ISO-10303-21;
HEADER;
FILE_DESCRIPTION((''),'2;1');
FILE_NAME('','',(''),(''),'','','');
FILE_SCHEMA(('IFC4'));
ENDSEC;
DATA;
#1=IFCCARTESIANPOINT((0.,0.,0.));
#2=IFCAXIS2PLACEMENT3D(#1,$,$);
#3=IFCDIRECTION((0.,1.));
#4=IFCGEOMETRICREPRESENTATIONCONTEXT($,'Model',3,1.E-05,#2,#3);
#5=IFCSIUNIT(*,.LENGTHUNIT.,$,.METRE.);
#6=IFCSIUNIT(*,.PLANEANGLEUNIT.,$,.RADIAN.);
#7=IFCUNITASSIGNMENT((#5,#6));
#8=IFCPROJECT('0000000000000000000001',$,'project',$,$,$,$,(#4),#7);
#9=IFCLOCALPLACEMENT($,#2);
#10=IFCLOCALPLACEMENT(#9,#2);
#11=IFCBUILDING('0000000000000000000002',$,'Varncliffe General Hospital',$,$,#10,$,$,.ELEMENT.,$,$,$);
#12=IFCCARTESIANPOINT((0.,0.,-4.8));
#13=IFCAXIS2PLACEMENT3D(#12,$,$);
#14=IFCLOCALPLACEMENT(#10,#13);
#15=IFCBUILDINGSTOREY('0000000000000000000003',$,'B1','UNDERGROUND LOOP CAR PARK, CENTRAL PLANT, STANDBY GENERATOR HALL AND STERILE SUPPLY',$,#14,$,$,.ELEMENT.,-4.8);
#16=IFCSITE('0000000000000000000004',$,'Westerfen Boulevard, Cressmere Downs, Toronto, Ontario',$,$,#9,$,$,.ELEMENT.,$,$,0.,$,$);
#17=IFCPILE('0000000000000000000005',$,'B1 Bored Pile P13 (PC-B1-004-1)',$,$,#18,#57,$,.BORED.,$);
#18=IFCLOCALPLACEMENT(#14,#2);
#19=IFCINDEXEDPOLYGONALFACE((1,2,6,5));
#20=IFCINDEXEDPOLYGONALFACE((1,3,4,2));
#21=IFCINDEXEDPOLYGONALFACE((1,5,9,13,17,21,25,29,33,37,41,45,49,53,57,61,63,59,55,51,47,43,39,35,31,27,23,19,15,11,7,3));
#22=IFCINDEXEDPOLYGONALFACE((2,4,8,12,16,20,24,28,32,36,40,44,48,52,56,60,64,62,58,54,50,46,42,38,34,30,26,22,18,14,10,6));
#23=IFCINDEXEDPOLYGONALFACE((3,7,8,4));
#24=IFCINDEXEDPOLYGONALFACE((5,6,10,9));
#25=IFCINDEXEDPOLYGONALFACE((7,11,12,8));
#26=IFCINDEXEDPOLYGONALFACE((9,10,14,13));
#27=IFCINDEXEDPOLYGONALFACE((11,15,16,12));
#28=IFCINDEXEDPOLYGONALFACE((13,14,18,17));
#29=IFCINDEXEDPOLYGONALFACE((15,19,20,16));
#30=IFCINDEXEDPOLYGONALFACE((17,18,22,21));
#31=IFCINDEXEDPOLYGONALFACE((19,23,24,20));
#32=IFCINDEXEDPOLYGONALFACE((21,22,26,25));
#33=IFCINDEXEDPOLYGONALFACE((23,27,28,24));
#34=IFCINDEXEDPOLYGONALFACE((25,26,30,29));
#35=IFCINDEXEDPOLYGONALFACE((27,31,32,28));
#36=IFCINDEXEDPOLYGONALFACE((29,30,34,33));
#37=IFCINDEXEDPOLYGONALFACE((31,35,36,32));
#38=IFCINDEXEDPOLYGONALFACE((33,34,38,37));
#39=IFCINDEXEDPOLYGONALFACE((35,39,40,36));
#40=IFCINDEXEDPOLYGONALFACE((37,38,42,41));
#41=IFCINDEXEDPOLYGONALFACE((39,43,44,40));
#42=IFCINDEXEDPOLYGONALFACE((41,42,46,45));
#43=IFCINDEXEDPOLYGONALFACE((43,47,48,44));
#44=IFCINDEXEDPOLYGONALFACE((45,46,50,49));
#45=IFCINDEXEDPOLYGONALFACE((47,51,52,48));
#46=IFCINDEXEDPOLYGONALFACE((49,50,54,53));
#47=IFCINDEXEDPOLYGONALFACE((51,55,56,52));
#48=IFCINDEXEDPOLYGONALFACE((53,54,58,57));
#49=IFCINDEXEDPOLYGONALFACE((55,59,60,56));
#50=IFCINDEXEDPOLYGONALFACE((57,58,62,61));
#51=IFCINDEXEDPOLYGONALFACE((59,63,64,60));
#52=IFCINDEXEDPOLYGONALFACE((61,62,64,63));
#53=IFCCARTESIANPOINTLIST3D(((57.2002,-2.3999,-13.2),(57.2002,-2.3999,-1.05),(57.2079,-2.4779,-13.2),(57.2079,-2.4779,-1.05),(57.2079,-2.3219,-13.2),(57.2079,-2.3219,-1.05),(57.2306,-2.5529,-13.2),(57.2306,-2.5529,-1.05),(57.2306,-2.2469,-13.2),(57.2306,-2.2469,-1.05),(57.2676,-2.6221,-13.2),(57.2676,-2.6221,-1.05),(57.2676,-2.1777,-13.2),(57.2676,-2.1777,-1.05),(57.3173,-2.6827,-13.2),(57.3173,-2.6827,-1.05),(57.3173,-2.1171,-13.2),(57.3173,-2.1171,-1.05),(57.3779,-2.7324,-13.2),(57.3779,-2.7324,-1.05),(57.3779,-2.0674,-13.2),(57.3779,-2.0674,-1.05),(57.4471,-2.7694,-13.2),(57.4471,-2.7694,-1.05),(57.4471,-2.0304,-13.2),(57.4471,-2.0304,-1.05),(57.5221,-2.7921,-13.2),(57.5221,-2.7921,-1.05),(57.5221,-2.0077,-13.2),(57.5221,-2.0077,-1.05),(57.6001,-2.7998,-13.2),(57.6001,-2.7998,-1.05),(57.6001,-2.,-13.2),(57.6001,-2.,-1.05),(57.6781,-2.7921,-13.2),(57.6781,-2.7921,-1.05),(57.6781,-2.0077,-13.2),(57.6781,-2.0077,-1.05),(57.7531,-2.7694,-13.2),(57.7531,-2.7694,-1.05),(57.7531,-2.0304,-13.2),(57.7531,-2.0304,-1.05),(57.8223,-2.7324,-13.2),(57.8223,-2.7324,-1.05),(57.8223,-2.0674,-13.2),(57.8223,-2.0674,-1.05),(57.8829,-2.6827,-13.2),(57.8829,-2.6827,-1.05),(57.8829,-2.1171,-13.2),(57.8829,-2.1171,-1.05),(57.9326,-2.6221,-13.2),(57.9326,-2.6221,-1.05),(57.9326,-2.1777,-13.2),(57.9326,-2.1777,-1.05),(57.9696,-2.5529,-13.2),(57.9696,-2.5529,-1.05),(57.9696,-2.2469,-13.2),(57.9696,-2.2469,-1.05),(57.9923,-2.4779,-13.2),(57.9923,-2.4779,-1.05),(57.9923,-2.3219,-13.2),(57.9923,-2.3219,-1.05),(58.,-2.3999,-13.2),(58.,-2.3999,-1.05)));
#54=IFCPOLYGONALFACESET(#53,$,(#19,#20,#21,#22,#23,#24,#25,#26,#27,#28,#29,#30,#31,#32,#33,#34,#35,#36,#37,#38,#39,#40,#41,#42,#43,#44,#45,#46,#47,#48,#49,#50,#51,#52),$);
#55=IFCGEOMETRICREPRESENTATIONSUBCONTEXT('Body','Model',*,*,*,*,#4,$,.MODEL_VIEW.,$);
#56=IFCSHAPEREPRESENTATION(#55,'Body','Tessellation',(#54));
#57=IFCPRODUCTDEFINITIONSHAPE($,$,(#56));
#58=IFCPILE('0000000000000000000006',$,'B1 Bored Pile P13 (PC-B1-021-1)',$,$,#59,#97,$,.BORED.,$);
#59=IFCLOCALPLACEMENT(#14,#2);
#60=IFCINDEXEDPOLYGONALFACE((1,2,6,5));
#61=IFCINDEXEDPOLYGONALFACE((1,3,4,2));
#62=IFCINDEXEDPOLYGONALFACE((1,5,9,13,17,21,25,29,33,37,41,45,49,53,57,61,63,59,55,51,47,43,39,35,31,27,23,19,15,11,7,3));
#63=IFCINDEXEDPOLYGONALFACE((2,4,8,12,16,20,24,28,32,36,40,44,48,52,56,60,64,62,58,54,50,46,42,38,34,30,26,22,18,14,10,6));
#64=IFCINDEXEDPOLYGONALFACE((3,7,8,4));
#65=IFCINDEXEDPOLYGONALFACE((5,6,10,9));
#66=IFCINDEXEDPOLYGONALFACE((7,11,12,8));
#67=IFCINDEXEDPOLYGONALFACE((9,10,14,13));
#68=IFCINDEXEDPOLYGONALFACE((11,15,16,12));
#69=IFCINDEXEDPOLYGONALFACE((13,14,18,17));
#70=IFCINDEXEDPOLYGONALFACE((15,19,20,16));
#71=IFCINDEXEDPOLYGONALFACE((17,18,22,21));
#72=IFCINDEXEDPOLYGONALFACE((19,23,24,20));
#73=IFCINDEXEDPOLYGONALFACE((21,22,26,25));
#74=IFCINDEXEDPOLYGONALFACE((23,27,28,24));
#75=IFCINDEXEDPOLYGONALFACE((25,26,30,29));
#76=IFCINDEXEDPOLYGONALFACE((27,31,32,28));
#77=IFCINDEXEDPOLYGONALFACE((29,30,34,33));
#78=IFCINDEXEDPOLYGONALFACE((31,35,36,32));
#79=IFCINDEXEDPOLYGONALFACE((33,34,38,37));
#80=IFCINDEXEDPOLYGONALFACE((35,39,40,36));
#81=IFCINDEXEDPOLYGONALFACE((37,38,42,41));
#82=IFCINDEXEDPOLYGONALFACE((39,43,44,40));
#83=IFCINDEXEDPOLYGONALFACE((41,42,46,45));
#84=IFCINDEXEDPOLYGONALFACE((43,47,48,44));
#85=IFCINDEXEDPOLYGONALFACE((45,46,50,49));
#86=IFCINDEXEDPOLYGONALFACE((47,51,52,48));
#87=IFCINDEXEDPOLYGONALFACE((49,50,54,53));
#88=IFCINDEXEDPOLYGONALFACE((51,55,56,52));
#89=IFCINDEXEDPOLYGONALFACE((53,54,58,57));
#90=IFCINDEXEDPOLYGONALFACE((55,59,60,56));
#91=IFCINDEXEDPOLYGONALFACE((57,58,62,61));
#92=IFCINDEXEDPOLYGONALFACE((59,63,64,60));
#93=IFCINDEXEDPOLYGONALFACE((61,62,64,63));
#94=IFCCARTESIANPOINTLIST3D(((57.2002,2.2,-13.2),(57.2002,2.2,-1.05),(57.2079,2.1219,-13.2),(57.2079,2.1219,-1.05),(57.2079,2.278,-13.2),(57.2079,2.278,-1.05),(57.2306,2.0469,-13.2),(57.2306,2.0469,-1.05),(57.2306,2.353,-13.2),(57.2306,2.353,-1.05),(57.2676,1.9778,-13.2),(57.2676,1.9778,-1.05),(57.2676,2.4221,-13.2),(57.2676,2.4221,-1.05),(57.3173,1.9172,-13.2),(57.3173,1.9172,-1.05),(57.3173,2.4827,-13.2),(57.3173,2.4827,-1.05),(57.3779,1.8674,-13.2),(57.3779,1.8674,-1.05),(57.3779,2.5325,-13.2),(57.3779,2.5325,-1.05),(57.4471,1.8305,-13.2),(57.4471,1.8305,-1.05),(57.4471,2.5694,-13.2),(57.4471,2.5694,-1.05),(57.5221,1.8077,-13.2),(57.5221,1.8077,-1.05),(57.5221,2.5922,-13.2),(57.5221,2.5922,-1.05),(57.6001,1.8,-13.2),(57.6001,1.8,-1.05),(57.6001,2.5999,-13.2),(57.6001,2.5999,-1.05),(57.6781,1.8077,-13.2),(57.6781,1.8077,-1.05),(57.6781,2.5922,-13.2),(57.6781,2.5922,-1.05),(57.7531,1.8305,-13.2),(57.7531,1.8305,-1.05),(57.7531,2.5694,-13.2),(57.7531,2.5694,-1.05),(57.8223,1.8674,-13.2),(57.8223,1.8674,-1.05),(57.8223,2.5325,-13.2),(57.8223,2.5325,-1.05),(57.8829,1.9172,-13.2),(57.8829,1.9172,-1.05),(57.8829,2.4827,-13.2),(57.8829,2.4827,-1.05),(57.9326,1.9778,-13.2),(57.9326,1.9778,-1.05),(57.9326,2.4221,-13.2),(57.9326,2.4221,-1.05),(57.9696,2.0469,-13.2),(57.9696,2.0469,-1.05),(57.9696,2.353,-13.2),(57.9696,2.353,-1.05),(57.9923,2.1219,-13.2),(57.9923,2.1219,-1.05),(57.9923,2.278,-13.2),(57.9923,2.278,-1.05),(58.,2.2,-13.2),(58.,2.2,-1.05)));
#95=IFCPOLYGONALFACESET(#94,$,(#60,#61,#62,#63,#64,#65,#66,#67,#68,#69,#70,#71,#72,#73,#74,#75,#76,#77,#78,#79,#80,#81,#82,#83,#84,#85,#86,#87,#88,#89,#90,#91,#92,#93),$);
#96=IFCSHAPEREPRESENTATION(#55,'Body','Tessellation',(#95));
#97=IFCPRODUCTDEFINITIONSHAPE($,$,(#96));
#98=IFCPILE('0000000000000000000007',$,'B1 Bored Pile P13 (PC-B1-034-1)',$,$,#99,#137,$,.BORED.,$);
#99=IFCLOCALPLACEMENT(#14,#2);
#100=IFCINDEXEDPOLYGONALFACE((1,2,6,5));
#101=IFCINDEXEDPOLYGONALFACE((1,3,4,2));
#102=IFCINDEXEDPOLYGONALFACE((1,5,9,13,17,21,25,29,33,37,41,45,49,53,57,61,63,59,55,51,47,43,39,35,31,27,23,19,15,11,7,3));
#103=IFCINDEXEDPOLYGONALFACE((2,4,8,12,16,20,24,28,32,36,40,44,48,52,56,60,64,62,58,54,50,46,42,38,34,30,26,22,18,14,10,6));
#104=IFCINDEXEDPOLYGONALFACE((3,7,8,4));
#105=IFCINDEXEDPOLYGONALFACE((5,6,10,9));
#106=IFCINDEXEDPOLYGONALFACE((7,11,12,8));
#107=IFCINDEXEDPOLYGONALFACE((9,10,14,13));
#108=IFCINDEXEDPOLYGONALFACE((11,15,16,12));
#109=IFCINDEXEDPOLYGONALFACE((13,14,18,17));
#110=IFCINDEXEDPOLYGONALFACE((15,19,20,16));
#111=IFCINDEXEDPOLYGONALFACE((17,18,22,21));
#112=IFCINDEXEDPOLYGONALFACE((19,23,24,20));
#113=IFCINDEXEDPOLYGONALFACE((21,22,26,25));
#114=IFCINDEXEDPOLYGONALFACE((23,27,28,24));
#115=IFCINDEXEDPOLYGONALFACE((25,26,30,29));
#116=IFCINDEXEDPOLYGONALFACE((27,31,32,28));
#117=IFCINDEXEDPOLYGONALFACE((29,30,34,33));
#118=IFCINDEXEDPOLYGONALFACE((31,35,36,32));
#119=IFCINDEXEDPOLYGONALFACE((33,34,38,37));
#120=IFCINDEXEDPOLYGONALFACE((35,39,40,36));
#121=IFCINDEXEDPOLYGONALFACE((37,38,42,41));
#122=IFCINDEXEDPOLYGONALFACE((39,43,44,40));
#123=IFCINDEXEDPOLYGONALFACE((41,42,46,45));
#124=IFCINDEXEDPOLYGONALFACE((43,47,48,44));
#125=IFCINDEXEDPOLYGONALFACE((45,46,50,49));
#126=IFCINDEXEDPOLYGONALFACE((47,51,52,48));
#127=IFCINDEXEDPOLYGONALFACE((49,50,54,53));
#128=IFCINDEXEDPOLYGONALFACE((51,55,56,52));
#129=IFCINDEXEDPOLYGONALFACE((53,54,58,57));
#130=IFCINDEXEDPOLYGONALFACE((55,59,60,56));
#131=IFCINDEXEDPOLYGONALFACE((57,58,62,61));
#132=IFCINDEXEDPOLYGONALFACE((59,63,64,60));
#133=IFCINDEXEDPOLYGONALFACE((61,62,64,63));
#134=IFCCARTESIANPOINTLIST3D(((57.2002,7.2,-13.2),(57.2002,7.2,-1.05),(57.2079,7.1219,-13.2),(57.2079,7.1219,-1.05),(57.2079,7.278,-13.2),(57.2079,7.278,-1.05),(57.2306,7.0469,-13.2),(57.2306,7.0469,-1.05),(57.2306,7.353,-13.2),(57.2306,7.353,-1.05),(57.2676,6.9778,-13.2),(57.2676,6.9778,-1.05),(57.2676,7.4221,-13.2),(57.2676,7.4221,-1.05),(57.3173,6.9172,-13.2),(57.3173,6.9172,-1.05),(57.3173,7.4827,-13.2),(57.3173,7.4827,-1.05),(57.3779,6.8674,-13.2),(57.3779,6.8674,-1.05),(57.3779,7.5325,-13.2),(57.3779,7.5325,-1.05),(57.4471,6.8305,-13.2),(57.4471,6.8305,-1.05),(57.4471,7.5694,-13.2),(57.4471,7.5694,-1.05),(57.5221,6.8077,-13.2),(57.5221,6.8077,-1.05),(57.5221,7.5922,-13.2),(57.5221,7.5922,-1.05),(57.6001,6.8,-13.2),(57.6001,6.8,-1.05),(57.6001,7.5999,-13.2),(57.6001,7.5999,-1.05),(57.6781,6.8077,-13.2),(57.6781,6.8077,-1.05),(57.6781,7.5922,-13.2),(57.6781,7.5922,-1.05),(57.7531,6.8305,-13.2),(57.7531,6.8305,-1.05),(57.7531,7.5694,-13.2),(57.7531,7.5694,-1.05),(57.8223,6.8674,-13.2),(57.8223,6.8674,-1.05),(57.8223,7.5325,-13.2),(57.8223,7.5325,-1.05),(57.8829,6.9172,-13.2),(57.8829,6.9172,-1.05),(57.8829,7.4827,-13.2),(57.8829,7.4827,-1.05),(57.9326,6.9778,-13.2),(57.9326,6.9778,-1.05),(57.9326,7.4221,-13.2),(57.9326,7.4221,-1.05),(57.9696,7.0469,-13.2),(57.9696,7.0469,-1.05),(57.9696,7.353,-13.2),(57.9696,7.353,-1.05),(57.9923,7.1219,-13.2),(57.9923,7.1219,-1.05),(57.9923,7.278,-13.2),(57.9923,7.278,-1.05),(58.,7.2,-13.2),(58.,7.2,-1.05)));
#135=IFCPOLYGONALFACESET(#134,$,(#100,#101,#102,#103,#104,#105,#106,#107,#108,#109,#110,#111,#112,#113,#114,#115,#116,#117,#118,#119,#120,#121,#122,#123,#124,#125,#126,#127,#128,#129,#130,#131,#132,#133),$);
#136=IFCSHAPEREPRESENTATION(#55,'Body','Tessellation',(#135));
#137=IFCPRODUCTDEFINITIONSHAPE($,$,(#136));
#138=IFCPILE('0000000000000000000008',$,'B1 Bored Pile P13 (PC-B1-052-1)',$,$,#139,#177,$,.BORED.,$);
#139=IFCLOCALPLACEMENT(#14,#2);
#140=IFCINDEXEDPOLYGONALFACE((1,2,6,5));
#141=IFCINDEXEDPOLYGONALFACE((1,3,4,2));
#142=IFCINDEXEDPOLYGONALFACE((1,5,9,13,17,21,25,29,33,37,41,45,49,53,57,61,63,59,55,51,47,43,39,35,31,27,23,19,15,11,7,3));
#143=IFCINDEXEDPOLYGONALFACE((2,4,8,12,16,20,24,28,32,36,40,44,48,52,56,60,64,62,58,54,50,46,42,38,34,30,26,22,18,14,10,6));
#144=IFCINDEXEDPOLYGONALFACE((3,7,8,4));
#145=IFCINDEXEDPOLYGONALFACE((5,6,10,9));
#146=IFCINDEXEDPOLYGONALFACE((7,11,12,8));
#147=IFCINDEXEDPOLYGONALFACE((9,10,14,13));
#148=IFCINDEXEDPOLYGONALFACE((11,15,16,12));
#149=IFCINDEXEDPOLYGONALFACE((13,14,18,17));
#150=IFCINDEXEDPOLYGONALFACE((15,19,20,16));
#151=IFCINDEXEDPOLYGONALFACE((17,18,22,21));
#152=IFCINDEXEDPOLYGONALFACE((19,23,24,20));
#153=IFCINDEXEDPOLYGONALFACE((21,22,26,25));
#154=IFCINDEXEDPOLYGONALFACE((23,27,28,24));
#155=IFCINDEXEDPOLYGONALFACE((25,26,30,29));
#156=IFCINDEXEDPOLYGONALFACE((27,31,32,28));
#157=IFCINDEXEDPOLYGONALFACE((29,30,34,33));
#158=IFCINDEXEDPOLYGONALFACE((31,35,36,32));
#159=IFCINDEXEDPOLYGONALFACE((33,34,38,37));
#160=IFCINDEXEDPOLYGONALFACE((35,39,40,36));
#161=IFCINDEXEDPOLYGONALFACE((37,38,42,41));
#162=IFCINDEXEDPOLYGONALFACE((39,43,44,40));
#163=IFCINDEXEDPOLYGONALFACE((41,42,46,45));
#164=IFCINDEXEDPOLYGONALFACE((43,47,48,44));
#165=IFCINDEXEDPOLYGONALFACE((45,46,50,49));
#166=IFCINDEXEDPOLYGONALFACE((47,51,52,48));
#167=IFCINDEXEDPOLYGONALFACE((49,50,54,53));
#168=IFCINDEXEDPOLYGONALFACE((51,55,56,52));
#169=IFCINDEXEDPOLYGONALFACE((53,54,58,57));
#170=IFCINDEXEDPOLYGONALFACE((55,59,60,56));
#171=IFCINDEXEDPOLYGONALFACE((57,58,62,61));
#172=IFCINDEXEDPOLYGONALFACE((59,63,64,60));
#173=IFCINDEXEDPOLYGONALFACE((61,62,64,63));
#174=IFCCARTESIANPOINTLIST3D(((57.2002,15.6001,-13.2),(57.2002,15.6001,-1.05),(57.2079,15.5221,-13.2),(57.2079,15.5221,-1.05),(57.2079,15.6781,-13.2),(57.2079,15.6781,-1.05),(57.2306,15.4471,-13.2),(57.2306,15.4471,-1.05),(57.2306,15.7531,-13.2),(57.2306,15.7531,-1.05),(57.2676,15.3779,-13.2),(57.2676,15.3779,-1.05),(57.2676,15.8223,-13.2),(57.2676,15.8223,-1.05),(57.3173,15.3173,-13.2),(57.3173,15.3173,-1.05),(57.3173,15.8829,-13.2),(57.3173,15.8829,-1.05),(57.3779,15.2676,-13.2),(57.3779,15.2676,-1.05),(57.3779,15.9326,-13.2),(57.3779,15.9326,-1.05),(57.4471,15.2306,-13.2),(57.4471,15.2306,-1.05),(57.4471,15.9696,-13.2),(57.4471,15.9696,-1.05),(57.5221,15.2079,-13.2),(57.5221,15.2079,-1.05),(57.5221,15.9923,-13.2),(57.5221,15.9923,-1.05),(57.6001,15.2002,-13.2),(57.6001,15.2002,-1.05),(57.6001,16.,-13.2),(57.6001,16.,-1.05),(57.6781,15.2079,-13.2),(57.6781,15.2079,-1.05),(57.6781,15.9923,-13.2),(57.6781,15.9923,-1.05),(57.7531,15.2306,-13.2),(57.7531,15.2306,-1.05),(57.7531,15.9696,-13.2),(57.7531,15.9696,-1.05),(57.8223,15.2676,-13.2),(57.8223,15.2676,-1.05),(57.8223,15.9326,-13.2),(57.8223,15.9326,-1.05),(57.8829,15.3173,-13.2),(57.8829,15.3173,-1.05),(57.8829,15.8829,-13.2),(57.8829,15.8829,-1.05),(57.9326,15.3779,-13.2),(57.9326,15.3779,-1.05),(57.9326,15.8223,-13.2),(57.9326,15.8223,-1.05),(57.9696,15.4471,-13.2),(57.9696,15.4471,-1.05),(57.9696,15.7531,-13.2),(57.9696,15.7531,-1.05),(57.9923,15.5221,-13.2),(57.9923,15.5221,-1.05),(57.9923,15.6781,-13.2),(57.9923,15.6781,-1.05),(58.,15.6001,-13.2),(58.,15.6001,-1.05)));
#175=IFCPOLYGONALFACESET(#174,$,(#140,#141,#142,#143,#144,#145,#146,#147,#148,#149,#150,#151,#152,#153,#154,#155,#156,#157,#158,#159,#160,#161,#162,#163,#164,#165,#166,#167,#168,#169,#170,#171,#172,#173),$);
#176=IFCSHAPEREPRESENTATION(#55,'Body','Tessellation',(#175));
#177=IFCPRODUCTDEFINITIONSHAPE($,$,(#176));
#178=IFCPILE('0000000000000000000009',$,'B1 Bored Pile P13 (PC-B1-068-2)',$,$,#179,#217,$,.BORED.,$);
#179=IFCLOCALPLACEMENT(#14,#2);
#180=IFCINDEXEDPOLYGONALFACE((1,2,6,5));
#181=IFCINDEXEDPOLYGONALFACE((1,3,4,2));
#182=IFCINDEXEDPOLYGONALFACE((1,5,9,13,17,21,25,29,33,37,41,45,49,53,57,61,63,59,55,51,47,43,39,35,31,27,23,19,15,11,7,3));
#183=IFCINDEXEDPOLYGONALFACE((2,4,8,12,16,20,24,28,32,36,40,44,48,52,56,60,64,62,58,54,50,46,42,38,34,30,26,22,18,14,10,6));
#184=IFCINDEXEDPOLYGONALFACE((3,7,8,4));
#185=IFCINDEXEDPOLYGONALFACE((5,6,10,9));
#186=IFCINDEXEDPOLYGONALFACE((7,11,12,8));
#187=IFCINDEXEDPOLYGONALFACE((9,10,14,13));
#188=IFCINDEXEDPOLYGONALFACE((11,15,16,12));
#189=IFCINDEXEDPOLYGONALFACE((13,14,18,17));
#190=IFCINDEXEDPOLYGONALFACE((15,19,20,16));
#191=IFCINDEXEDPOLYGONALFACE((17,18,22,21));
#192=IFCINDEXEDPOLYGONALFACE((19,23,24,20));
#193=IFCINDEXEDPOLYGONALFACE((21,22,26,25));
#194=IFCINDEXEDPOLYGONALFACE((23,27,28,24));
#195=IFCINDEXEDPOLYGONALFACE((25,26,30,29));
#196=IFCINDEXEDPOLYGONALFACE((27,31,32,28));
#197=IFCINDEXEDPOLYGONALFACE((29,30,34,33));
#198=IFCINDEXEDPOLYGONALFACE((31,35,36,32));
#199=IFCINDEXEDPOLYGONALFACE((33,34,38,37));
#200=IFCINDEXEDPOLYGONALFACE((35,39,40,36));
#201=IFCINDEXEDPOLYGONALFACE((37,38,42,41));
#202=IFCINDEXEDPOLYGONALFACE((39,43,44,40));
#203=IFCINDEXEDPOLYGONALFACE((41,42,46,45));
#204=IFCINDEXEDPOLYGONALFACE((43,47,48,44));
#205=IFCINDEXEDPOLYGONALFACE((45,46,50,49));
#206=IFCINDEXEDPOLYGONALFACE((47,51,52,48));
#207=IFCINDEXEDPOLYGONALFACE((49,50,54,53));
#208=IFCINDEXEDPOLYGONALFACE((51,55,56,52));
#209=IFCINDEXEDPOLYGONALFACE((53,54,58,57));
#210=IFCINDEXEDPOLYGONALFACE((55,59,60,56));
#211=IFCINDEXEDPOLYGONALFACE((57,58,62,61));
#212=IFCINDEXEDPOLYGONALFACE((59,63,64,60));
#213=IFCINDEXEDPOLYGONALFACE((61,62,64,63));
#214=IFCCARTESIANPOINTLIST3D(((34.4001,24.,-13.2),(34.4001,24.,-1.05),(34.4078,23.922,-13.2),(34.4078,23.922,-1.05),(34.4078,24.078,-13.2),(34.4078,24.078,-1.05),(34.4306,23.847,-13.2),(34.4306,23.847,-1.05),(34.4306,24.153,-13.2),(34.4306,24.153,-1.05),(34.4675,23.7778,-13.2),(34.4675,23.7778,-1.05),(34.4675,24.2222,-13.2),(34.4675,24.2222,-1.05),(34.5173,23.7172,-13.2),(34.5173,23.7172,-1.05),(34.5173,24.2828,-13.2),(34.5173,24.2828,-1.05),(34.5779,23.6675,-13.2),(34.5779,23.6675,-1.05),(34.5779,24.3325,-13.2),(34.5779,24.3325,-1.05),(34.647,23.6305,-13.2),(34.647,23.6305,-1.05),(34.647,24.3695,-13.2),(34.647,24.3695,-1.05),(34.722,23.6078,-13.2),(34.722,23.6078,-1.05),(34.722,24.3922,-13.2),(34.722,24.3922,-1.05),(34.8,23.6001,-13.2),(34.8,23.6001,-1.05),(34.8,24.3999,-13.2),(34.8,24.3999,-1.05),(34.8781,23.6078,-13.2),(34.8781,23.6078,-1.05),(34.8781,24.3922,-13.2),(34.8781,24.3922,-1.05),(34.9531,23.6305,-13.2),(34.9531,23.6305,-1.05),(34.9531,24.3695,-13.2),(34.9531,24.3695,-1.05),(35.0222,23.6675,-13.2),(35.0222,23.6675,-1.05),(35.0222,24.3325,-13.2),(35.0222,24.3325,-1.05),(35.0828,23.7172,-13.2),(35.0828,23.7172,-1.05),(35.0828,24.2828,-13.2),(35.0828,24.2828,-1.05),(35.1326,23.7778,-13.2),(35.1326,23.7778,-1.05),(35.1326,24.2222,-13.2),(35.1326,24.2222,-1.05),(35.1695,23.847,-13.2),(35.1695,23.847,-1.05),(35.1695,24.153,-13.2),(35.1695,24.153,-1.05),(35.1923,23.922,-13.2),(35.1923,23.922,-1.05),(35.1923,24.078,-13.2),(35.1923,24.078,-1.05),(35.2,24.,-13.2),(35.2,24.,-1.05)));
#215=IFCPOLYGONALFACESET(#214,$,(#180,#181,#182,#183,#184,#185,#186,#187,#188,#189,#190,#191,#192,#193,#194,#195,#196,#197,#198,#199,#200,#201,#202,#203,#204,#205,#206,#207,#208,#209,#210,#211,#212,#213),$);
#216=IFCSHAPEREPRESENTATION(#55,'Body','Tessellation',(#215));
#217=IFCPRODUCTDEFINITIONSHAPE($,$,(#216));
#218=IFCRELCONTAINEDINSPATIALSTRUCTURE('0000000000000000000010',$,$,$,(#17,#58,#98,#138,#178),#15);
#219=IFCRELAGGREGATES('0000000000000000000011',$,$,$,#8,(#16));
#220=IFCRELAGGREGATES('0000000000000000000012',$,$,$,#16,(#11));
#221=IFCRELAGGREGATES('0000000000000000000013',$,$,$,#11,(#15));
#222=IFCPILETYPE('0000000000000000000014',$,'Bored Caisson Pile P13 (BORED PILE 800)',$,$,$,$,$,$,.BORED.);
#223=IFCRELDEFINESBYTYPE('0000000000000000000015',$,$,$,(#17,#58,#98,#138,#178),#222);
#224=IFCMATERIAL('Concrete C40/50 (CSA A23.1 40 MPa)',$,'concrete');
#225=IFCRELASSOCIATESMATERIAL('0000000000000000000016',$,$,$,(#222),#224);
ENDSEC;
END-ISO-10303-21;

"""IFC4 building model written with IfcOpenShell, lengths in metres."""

from ifc_helpers import new_model, si_unit, direction, frame, origin, origin_2d, place, context, subcontext, project, spatial, circle, extrude, material, material_profile, profile_set, type_object, element, save


model = new_model("IFC4")

# Units and contexts
model_context = context("Model", 3, precision=1e-05, world=origin(), true_north=direction((0.0, 1.0)))
body_context = subcontext(model_context, "Body", "Model", "MODEL_VIEW")
ifc_project = project(units=[si_unit("LENGTHUNIT", "METRE"), si_unit("PLANEANGLEUNIT", "RADIAN")], contexts=[model_context])

# Site, building, storey
site_placement = place(None, origin())
site = spatial("IfcSite", under=ifc_project, at=site_placement, Name="Westerfen Boulevard, Cressmere Downs, Toronto, Ontario", CompositionType="ELEMENT", RefElevation=0.0)
building_placement = place(site_placement, origin())
building = spatial("IfcBuilding", under=site, at=building_placement, Name="Varncliffe General Hospital", CompositionType="ELEMENT")
storey_placement = place(building_placement, frame((0.0, 0.0, -4.8)))
storey = spatial("IfcBuildingStorey", under=building, at=storey_placement, Name="B1", Description="UNDERGROUND LOOP CAR PARK, CENTRAL PLANT, STANDBY GENERATOR HALL AND STERILE SUPPLY", CompositionType="ELEMENT", Elevation=-4.8)

# Piles
ifc_material_1 = material(Name="Concrete C40/50 (CSA A23.1 40 MPa)", Category="concrete")
ifc_material_profile_1 = material_profile(ifc_material_1, circle(Radius=0.3999, at=origin_2d()), Name="BORED PILE 800")
ifc_profile_set_1 = profile_set([ifc_material_profile_1], Name="Concrete C40/50 (CSA A23.1 40 MPa)")
pile_type = type_object("IfcPileType", Name="Bored Caisson Pile P13 (BORED PILE 800)", PredefinedType="BORED", material=ifc_profile_set_1)
for number, where, z_axis, x_axis, name in (
    (1, (57.6001, -2.3999, -1.05), (0.0, 0.0, -1.0), (1.0, 0.0, 0.0), "B1 Bored Pile P13 (PC-B1-004-1)"),
    (2, (57.6001, 2.2, -1.05), (0.0, 0.0, -1.0), (1.0, 0.0, 0.0), "B1 Bored Pile P13 (PC-B1-021-1)"),
    (3, (57.6001, 7.2, -1.05), (0.0, 0.0, -1.0), (1.0, 0.0, 0.0), "B1 Bored Pile P13 (PC-B1-034-1)"),
    (4, (57.6001, 15.6001, -1.05), (0.0, 0.0, -1.0), (1.0, 0.0, 0.0), "B1 Bored Pile P13 (PC-B1-052-1)"),
    (5, (34.8, 24.0, -1.05), (0.0, 0.0, -1.0), (1.0, 0.0, 0.0), "B1 Bored Pile P13 (PC-B1-068-2)"),
):
    element("IfcPile", number, at=place(storey_placement, frame(where, z_axis=z_axis, x_axis=x_axis)), inside=storey, type_object=pile_type, Name=name, PredefinedType="BORED", context=body_context, shape_type="SweptSolid", body=[
        extrude(circle(Radius=0.3999, at=origin_2d()), origin(), (0.0, 0.0, 1.0), 12.1499),
    ])

save(model, "model.ifc")
